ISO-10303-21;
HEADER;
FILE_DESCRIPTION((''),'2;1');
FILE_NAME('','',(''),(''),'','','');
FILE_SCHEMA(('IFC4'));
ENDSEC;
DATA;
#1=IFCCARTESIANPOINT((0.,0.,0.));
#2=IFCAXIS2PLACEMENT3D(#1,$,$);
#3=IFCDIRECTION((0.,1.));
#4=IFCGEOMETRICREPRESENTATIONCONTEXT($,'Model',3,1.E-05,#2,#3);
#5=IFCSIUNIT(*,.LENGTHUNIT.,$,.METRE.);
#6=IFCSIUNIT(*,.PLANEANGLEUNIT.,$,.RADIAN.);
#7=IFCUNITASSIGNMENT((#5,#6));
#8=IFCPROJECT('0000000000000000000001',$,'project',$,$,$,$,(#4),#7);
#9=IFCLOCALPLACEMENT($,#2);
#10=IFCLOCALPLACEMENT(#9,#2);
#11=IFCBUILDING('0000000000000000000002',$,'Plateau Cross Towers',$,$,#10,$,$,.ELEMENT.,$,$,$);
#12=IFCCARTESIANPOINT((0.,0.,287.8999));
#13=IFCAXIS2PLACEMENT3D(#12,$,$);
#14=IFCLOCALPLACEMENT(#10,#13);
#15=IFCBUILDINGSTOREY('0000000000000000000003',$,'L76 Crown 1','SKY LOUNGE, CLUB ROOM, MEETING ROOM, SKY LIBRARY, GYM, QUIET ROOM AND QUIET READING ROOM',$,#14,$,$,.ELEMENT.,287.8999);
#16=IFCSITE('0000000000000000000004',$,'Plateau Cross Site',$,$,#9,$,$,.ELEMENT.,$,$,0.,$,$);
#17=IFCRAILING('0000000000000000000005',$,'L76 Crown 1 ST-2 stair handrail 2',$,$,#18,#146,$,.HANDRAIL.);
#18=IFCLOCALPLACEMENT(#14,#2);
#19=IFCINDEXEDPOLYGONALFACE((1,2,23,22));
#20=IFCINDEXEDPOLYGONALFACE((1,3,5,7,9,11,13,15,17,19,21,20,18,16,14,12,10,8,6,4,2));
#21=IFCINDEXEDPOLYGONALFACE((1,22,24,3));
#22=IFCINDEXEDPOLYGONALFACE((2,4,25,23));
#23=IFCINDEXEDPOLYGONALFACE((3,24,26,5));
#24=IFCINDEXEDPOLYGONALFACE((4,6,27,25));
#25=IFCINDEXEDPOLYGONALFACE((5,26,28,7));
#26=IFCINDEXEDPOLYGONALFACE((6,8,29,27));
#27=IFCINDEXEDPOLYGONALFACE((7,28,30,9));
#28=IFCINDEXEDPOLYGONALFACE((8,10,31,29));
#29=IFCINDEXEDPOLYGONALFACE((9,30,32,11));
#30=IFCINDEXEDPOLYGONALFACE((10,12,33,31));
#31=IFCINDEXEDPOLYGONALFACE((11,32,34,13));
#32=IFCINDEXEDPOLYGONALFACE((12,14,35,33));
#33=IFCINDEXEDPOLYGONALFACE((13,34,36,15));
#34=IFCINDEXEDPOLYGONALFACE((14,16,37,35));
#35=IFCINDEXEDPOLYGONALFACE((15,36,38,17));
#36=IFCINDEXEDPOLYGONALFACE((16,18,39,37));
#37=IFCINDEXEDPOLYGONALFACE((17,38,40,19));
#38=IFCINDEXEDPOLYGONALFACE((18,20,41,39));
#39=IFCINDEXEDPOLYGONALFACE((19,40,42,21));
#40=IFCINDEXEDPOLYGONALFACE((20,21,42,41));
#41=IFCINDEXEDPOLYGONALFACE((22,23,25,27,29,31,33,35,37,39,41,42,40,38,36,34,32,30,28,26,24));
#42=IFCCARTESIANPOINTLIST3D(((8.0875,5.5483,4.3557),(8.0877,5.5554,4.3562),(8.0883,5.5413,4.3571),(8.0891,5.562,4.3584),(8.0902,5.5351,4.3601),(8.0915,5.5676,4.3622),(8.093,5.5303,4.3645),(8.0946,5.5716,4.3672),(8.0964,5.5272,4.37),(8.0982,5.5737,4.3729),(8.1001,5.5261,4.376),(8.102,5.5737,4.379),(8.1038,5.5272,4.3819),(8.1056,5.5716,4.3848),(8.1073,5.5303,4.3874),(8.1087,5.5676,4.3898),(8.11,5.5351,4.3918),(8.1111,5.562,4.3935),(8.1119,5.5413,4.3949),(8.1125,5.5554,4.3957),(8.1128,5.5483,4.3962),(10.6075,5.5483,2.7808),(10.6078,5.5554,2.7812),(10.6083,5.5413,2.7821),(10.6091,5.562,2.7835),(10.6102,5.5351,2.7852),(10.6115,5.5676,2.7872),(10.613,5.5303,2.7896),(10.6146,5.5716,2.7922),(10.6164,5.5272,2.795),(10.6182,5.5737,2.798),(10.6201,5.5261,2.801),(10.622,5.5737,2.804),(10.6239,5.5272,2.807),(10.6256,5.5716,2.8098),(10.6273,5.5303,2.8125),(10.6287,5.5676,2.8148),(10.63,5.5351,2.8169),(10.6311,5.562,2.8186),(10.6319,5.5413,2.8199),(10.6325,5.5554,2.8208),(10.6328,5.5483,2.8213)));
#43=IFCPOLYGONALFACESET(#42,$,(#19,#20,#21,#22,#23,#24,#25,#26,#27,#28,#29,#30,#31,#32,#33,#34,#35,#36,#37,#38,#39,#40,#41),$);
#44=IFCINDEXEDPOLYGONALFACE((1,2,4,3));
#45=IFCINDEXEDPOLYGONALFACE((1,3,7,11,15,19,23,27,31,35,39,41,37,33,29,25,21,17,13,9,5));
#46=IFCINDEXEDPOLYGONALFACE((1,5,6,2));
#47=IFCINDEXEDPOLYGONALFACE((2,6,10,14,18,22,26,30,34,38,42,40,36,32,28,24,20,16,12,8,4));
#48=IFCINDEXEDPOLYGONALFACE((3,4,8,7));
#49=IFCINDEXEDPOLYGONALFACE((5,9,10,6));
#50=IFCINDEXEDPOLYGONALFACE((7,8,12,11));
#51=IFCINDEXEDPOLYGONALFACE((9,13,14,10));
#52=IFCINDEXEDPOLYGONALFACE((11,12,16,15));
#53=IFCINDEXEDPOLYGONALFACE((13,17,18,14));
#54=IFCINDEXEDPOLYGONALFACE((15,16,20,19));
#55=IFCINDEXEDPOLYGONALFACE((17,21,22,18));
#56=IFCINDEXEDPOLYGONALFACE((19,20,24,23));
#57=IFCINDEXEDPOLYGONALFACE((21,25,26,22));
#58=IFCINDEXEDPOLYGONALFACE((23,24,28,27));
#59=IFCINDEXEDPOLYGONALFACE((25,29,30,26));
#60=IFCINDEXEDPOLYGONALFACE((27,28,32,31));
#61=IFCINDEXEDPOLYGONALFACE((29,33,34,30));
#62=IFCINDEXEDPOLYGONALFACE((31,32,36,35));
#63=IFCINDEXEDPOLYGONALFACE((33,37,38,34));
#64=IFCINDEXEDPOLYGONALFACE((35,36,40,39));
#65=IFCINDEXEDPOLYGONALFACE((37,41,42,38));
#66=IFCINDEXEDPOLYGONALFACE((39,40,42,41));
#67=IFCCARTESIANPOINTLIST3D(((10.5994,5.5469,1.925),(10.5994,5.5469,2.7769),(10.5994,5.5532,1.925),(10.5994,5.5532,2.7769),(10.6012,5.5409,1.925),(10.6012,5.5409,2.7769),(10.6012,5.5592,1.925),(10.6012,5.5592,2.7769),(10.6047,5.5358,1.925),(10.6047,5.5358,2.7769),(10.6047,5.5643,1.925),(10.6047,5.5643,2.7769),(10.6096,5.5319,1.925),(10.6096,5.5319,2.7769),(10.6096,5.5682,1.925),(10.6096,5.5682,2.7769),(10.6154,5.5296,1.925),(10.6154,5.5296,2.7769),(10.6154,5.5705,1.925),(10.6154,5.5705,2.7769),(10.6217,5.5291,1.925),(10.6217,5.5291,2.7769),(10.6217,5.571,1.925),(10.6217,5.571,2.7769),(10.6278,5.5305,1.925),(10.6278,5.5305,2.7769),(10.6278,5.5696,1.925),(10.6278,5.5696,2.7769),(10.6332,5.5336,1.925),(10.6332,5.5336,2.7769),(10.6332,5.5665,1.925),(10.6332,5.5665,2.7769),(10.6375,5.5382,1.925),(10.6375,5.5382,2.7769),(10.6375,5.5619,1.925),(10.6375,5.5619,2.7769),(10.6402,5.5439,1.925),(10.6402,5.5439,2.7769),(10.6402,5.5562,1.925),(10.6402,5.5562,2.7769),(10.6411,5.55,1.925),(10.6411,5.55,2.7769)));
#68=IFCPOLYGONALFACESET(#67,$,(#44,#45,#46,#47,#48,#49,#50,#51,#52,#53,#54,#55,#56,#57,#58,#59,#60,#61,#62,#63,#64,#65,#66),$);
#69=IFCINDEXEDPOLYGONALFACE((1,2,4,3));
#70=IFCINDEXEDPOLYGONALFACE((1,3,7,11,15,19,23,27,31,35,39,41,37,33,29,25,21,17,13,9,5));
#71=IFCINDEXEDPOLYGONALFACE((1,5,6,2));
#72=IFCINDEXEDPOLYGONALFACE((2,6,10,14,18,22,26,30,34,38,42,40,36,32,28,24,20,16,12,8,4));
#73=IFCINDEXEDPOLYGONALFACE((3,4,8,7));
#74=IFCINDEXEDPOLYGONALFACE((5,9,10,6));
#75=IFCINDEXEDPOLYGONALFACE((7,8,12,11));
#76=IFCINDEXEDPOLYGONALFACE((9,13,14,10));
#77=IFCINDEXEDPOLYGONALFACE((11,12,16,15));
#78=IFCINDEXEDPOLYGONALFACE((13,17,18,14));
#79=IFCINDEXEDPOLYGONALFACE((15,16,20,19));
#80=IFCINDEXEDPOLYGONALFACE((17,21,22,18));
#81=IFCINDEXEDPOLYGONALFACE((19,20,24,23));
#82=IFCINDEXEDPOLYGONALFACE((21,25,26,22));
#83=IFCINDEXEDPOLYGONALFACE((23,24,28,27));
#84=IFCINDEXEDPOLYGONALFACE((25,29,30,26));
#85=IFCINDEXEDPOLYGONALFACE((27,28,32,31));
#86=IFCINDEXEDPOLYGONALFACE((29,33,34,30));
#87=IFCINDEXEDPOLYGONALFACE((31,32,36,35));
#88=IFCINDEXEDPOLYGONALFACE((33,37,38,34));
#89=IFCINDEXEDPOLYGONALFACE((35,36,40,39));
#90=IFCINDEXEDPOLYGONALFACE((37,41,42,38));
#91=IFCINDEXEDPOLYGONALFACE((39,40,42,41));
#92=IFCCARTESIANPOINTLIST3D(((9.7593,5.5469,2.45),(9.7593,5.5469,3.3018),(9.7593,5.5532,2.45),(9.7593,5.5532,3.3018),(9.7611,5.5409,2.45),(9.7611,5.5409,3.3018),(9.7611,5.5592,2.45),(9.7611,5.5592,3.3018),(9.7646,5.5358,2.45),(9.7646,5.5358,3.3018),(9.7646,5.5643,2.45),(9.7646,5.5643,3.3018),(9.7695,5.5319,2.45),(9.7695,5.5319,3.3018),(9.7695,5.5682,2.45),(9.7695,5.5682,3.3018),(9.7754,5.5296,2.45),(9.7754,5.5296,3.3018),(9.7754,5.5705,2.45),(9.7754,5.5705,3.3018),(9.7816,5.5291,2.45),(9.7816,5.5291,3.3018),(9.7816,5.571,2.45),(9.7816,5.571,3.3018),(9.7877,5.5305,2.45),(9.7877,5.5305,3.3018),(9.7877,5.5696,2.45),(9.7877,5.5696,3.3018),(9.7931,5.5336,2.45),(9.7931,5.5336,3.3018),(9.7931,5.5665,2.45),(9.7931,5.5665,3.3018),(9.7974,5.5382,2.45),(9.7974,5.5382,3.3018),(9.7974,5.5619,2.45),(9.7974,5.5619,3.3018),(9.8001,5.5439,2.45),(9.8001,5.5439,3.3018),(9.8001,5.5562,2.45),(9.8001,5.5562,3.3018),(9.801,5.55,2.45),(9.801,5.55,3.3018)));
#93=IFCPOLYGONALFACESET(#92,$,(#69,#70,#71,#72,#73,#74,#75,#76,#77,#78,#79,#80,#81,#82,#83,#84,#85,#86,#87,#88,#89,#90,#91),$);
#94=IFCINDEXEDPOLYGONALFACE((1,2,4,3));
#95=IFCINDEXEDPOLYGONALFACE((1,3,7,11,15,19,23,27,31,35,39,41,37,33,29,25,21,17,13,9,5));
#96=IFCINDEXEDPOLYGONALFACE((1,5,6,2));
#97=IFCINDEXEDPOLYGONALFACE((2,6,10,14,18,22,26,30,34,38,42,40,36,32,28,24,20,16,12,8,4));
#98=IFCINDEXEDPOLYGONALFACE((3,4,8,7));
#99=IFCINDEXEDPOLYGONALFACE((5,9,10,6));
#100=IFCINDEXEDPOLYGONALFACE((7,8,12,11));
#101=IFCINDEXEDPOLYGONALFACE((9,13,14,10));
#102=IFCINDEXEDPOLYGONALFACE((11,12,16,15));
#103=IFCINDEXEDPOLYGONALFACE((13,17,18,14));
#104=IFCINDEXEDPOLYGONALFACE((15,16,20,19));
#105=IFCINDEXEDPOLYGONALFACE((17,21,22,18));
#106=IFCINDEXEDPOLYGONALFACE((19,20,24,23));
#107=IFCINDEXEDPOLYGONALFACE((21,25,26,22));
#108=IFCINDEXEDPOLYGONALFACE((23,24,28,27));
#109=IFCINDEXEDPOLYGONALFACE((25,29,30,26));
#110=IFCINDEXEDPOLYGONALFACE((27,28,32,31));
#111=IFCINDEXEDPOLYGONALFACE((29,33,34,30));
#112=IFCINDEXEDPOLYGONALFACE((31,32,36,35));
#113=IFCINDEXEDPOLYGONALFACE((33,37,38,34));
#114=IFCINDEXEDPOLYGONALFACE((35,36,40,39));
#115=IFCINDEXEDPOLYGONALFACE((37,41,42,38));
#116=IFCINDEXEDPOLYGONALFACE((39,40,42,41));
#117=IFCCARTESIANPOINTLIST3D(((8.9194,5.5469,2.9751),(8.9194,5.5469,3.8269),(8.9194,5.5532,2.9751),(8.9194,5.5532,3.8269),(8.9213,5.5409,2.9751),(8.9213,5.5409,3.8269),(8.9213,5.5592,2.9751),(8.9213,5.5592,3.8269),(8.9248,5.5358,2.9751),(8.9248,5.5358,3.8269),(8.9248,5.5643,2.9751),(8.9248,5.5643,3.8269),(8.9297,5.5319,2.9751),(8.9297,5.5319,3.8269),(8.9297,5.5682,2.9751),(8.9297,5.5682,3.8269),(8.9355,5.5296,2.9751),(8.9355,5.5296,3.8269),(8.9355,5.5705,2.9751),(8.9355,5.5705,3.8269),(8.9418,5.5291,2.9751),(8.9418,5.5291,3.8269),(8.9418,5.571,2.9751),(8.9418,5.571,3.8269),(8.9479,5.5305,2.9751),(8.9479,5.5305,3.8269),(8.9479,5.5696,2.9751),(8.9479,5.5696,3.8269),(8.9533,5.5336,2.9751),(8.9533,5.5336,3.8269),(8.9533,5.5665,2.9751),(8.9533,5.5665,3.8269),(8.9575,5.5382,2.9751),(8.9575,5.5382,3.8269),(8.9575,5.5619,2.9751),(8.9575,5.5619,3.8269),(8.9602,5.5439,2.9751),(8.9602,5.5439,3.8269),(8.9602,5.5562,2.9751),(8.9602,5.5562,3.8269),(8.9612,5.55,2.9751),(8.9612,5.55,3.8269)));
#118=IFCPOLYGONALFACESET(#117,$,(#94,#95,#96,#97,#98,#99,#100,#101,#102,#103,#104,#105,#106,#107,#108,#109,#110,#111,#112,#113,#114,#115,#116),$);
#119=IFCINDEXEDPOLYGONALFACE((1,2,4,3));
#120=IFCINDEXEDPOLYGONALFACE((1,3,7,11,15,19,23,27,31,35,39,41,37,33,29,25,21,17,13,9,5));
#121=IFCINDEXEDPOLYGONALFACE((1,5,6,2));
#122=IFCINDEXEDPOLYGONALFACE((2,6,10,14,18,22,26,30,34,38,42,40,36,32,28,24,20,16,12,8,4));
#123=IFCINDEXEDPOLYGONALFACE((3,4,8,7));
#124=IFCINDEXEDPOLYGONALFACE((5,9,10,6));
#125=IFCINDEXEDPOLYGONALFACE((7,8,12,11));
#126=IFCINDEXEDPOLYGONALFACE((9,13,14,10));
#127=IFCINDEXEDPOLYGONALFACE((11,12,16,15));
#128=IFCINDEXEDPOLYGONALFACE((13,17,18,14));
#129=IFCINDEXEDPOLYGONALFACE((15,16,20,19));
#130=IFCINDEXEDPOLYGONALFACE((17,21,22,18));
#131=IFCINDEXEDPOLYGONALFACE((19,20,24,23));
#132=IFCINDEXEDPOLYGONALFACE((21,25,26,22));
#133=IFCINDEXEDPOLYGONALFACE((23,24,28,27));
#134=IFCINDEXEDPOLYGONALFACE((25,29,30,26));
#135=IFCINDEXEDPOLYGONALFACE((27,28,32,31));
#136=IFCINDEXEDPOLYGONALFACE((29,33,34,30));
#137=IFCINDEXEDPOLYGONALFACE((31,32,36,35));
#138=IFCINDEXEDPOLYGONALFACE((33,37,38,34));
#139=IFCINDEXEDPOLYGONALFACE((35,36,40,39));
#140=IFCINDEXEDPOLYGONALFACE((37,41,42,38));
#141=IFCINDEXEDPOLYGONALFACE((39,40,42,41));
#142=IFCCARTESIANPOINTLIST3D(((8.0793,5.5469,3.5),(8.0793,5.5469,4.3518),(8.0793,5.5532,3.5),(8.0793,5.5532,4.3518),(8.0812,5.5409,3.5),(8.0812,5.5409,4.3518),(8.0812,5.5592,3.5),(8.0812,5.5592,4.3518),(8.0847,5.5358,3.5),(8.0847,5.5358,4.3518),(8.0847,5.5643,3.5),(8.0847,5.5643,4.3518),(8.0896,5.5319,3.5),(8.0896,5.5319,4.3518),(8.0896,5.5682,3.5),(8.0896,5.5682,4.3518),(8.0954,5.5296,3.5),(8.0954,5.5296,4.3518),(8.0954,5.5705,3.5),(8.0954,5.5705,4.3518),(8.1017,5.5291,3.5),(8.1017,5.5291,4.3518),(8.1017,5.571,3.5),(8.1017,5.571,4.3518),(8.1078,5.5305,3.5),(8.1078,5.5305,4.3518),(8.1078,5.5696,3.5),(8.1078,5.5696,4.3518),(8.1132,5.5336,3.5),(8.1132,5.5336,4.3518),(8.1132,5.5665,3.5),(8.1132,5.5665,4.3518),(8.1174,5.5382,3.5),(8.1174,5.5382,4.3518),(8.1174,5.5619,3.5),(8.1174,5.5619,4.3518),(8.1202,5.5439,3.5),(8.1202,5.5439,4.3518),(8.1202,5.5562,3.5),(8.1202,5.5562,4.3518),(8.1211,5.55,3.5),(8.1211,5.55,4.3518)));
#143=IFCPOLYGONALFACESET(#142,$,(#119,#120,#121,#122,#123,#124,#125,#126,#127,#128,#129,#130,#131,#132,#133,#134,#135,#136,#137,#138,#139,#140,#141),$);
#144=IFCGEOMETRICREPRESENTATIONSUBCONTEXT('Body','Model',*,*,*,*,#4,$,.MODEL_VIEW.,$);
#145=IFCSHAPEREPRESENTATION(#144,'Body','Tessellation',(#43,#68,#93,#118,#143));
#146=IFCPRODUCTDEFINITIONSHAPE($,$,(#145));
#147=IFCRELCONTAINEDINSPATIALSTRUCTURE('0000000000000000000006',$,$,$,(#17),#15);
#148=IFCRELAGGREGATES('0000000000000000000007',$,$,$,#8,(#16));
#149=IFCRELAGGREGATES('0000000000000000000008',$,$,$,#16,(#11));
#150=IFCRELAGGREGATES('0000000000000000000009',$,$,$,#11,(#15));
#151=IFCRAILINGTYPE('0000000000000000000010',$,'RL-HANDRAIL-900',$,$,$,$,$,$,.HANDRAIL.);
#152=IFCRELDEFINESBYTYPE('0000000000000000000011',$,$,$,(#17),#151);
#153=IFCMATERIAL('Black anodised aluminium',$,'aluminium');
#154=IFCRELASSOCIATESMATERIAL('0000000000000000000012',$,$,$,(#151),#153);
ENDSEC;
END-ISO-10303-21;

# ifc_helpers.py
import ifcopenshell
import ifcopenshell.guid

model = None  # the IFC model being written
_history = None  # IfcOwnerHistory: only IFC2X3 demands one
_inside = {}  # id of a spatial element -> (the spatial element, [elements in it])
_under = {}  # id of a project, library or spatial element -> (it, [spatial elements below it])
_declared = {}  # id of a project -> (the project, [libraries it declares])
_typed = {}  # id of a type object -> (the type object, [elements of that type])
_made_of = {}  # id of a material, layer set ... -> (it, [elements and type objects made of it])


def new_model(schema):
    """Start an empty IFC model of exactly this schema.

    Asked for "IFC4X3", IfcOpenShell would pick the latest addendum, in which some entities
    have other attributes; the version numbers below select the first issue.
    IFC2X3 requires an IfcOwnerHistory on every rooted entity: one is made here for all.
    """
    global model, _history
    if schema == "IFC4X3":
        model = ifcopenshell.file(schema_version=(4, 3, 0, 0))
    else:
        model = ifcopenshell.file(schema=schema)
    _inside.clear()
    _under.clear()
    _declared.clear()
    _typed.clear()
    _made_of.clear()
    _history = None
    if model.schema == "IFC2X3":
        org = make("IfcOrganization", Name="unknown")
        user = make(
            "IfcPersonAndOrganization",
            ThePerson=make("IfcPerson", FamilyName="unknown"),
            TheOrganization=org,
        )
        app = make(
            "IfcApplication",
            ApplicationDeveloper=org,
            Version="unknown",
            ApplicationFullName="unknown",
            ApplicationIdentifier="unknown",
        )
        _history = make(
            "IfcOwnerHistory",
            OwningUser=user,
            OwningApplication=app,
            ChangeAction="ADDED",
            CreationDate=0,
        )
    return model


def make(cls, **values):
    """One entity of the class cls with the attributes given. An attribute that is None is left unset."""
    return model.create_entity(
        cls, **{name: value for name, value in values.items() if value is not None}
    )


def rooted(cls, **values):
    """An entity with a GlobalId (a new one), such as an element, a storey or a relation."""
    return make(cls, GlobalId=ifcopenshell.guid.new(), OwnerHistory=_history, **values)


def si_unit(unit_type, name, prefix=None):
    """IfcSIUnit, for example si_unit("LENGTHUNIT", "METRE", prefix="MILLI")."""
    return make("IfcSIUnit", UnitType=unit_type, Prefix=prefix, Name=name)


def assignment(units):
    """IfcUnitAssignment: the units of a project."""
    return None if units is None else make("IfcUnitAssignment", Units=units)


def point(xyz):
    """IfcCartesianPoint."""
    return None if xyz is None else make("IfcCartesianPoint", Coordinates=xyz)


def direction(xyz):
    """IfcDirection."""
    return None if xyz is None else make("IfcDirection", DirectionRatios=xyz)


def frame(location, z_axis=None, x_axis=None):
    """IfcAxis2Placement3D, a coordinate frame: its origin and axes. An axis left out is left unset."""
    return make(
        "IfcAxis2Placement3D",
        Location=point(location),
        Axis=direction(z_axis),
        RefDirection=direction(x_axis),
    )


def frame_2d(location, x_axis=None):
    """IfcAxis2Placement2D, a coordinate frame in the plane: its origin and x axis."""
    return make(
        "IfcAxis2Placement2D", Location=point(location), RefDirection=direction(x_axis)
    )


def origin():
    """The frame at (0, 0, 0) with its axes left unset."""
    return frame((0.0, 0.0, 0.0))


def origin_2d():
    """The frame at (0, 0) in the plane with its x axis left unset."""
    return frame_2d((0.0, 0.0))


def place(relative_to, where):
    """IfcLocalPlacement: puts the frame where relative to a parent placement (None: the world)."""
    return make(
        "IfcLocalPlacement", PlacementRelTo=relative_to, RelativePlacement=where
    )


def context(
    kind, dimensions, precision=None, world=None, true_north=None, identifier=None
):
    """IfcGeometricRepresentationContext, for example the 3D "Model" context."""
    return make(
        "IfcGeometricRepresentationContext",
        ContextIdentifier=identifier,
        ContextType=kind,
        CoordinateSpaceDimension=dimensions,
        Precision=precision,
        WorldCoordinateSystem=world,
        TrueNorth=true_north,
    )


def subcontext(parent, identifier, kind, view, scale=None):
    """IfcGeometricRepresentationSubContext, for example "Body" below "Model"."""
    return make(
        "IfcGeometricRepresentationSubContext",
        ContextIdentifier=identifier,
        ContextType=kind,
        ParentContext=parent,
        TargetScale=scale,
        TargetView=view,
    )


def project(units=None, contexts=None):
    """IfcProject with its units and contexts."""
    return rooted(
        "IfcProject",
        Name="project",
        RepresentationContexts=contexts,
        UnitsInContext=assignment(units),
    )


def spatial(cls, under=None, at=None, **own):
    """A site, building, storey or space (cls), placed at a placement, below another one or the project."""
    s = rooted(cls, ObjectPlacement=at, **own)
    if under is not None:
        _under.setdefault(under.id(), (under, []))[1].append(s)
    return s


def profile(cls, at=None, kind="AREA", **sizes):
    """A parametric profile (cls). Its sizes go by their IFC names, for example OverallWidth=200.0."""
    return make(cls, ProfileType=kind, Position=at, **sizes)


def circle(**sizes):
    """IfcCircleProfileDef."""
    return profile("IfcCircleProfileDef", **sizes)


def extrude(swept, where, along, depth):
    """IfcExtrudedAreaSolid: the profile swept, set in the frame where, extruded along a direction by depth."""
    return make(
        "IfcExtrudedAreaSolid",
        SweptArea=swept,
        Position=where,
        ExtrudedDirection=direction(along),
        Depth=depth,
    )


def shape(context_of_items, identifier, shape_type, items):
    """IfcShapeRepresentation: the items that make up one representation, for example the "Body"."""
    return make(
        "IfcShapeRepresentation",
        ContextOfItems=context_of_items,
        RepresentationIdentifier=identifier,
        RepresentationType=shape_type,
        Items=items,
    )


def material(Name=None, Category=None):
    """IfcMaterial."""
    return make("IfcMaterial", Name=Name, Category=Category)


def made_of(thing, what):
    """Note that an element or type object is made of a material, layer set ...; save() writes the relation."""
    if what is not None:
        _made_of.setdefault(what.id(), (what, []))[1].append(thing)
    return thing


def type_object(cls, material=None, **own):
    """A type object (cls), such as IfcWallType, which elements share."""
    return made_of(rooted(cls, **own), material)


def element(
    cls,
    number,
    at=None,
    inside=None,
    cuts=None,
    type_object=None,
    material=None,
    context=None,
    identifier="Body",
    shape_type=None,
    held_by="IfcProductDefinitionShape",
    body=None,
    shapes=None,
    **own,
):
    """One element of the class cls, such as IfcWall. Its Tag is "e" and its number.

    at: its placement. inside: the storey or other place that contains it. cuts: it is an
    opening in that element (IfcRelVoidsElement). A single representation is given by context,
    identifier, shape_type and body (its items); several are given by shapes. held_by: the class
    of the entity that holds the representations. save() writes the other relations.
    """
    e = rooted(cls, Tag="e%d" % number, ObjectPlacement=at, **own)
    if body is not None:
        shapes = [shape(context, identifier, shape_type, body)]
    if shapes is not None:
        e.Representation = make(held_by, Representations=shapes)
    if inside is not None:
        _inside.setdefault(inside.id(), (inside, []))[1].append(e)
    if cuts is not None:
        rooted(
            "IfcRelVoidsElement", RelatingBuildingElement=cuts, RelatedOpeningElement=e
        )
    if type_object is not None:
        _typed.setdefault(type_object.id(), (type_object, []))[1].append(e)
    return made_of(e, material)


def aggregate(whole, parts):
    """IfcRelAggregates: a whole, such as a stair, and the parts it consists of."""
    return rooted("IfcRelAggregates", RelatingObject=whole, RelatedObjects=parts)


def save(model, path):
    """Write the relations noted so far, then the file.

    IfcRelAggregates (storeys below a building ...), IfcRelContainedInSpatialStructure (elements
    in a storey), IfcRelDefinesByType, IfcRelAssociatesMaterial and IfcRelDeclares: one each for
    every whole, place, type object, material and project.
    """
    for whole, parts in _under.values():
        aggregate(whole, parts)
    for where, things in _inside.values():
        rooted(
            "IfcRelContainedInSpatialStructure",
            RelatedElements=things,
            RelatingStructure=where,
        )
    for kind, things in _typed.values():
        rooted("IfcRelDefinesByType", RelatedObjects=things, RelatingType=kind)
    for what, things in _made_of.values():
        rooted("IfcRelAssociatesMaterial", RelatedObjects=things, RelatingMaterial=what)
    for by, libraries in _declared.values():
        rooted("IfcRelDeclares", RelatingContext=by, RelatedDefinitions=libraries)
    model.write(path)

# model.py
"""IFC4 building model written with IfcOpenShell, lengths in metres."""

from ifc_helpers import new_model, si_unit, direction, frame, origin, origin_2d, place, context, subcontext, project, spatial, circle, extrude, material, type_object, element, save


model = new_model("IFC4")

# Units and contexts
model_context = context("Model", 3, precision=1e-05, world=origin(), true_north=direction((0.0, 1.0)))
body_context = subcontext(model_context, "Body", "Model", "MODEL_VIEW")
ifc_project = project(units=[si_unit("LENGTHUNIT", "METRE"), si_unit("PLANEANGLEUNIT", "RADIAN")], contexts=[model_context])

# Site, building, storey
site_placement = place(None, origin())
site = spatial("IfcSite", under=ifc_project, at=site_placement, Name="Plateau Cross Site", CompositionType="ELEMENT", RefElevation=0.0)
building_placement = place(site_placement, origin())
building = spatial("IfcBuilding", under=site, at=building_placement, Name="Plateau Cross Towers", CompositionType="ELEMENT")
storey_placement = place(building_placement, frame((0.0, 0.0, 287.8999)))
storey = spatial("IfcBuildingStorey", under=building, at=storey_placement, Name="L76 Crown 1", Description="SKY LOUNGE, CLUB ROOM, MEETING ROOM, SKY LIBRARY, GYM, QUIET ROOM AND QUIET READING ROOM", CompositionType="ELEMENT", Elevation=287.8999)

# Shared definitions
ifc_material_1 = material(Name="Black anodised aluminium", Category="aluminium")

# Railing
railing_type_1 = type_object("IfcRailingType", Name="RL-HANDRAIL-900", PredefinedType="HANDRAIL", material=ifc_material_1)
railing_1_placement = place(storey_placement, frame((10.6201, 5.55, 1.925)))
element("IfcRailing", 1, at=railing_1_placement, inside=storey, type_object=railing_type_1, Name="L76 Crown 1 ST-2 stair handrail 2", PredefinedType="HANDRAIL", context=body_context, shape_type="SweptSolid", body=[
    extrude(circle(Radius=0.0239, at=origin_2d()), frame((0.0, 0.0, 0.876), z_axis=(-0.848008, 0.0, 0.529984), x_axis=(0.0, -1.0, 0.0)), (0.0, 0.0, 1.0), 2.9717),
    extrude(circle(Radius=0.021, at=origin_2d()), origin(), (0.0, 0.0, 1.0), 0.8518),
    extrude(circle(Radius=0.021, at=origin_2d()), frame((-0.8401, 0.0, 0.5249)), (0.0, 0.0, 1.0), 0.8518),
    extrude(circle(Radius=0.021, at=origin_2d()), frame((-1.6799, 0.0, 1.05)), (0.0, 0.0, 1.0), 0.8518),
    extrude(circle(Radius=0.021, at=origin_2d()), frame((-2.52, 0.0, 1.575)), (0.0, 0.0, 1.0), 0.8518),
])

save(model, "model.ifc")
